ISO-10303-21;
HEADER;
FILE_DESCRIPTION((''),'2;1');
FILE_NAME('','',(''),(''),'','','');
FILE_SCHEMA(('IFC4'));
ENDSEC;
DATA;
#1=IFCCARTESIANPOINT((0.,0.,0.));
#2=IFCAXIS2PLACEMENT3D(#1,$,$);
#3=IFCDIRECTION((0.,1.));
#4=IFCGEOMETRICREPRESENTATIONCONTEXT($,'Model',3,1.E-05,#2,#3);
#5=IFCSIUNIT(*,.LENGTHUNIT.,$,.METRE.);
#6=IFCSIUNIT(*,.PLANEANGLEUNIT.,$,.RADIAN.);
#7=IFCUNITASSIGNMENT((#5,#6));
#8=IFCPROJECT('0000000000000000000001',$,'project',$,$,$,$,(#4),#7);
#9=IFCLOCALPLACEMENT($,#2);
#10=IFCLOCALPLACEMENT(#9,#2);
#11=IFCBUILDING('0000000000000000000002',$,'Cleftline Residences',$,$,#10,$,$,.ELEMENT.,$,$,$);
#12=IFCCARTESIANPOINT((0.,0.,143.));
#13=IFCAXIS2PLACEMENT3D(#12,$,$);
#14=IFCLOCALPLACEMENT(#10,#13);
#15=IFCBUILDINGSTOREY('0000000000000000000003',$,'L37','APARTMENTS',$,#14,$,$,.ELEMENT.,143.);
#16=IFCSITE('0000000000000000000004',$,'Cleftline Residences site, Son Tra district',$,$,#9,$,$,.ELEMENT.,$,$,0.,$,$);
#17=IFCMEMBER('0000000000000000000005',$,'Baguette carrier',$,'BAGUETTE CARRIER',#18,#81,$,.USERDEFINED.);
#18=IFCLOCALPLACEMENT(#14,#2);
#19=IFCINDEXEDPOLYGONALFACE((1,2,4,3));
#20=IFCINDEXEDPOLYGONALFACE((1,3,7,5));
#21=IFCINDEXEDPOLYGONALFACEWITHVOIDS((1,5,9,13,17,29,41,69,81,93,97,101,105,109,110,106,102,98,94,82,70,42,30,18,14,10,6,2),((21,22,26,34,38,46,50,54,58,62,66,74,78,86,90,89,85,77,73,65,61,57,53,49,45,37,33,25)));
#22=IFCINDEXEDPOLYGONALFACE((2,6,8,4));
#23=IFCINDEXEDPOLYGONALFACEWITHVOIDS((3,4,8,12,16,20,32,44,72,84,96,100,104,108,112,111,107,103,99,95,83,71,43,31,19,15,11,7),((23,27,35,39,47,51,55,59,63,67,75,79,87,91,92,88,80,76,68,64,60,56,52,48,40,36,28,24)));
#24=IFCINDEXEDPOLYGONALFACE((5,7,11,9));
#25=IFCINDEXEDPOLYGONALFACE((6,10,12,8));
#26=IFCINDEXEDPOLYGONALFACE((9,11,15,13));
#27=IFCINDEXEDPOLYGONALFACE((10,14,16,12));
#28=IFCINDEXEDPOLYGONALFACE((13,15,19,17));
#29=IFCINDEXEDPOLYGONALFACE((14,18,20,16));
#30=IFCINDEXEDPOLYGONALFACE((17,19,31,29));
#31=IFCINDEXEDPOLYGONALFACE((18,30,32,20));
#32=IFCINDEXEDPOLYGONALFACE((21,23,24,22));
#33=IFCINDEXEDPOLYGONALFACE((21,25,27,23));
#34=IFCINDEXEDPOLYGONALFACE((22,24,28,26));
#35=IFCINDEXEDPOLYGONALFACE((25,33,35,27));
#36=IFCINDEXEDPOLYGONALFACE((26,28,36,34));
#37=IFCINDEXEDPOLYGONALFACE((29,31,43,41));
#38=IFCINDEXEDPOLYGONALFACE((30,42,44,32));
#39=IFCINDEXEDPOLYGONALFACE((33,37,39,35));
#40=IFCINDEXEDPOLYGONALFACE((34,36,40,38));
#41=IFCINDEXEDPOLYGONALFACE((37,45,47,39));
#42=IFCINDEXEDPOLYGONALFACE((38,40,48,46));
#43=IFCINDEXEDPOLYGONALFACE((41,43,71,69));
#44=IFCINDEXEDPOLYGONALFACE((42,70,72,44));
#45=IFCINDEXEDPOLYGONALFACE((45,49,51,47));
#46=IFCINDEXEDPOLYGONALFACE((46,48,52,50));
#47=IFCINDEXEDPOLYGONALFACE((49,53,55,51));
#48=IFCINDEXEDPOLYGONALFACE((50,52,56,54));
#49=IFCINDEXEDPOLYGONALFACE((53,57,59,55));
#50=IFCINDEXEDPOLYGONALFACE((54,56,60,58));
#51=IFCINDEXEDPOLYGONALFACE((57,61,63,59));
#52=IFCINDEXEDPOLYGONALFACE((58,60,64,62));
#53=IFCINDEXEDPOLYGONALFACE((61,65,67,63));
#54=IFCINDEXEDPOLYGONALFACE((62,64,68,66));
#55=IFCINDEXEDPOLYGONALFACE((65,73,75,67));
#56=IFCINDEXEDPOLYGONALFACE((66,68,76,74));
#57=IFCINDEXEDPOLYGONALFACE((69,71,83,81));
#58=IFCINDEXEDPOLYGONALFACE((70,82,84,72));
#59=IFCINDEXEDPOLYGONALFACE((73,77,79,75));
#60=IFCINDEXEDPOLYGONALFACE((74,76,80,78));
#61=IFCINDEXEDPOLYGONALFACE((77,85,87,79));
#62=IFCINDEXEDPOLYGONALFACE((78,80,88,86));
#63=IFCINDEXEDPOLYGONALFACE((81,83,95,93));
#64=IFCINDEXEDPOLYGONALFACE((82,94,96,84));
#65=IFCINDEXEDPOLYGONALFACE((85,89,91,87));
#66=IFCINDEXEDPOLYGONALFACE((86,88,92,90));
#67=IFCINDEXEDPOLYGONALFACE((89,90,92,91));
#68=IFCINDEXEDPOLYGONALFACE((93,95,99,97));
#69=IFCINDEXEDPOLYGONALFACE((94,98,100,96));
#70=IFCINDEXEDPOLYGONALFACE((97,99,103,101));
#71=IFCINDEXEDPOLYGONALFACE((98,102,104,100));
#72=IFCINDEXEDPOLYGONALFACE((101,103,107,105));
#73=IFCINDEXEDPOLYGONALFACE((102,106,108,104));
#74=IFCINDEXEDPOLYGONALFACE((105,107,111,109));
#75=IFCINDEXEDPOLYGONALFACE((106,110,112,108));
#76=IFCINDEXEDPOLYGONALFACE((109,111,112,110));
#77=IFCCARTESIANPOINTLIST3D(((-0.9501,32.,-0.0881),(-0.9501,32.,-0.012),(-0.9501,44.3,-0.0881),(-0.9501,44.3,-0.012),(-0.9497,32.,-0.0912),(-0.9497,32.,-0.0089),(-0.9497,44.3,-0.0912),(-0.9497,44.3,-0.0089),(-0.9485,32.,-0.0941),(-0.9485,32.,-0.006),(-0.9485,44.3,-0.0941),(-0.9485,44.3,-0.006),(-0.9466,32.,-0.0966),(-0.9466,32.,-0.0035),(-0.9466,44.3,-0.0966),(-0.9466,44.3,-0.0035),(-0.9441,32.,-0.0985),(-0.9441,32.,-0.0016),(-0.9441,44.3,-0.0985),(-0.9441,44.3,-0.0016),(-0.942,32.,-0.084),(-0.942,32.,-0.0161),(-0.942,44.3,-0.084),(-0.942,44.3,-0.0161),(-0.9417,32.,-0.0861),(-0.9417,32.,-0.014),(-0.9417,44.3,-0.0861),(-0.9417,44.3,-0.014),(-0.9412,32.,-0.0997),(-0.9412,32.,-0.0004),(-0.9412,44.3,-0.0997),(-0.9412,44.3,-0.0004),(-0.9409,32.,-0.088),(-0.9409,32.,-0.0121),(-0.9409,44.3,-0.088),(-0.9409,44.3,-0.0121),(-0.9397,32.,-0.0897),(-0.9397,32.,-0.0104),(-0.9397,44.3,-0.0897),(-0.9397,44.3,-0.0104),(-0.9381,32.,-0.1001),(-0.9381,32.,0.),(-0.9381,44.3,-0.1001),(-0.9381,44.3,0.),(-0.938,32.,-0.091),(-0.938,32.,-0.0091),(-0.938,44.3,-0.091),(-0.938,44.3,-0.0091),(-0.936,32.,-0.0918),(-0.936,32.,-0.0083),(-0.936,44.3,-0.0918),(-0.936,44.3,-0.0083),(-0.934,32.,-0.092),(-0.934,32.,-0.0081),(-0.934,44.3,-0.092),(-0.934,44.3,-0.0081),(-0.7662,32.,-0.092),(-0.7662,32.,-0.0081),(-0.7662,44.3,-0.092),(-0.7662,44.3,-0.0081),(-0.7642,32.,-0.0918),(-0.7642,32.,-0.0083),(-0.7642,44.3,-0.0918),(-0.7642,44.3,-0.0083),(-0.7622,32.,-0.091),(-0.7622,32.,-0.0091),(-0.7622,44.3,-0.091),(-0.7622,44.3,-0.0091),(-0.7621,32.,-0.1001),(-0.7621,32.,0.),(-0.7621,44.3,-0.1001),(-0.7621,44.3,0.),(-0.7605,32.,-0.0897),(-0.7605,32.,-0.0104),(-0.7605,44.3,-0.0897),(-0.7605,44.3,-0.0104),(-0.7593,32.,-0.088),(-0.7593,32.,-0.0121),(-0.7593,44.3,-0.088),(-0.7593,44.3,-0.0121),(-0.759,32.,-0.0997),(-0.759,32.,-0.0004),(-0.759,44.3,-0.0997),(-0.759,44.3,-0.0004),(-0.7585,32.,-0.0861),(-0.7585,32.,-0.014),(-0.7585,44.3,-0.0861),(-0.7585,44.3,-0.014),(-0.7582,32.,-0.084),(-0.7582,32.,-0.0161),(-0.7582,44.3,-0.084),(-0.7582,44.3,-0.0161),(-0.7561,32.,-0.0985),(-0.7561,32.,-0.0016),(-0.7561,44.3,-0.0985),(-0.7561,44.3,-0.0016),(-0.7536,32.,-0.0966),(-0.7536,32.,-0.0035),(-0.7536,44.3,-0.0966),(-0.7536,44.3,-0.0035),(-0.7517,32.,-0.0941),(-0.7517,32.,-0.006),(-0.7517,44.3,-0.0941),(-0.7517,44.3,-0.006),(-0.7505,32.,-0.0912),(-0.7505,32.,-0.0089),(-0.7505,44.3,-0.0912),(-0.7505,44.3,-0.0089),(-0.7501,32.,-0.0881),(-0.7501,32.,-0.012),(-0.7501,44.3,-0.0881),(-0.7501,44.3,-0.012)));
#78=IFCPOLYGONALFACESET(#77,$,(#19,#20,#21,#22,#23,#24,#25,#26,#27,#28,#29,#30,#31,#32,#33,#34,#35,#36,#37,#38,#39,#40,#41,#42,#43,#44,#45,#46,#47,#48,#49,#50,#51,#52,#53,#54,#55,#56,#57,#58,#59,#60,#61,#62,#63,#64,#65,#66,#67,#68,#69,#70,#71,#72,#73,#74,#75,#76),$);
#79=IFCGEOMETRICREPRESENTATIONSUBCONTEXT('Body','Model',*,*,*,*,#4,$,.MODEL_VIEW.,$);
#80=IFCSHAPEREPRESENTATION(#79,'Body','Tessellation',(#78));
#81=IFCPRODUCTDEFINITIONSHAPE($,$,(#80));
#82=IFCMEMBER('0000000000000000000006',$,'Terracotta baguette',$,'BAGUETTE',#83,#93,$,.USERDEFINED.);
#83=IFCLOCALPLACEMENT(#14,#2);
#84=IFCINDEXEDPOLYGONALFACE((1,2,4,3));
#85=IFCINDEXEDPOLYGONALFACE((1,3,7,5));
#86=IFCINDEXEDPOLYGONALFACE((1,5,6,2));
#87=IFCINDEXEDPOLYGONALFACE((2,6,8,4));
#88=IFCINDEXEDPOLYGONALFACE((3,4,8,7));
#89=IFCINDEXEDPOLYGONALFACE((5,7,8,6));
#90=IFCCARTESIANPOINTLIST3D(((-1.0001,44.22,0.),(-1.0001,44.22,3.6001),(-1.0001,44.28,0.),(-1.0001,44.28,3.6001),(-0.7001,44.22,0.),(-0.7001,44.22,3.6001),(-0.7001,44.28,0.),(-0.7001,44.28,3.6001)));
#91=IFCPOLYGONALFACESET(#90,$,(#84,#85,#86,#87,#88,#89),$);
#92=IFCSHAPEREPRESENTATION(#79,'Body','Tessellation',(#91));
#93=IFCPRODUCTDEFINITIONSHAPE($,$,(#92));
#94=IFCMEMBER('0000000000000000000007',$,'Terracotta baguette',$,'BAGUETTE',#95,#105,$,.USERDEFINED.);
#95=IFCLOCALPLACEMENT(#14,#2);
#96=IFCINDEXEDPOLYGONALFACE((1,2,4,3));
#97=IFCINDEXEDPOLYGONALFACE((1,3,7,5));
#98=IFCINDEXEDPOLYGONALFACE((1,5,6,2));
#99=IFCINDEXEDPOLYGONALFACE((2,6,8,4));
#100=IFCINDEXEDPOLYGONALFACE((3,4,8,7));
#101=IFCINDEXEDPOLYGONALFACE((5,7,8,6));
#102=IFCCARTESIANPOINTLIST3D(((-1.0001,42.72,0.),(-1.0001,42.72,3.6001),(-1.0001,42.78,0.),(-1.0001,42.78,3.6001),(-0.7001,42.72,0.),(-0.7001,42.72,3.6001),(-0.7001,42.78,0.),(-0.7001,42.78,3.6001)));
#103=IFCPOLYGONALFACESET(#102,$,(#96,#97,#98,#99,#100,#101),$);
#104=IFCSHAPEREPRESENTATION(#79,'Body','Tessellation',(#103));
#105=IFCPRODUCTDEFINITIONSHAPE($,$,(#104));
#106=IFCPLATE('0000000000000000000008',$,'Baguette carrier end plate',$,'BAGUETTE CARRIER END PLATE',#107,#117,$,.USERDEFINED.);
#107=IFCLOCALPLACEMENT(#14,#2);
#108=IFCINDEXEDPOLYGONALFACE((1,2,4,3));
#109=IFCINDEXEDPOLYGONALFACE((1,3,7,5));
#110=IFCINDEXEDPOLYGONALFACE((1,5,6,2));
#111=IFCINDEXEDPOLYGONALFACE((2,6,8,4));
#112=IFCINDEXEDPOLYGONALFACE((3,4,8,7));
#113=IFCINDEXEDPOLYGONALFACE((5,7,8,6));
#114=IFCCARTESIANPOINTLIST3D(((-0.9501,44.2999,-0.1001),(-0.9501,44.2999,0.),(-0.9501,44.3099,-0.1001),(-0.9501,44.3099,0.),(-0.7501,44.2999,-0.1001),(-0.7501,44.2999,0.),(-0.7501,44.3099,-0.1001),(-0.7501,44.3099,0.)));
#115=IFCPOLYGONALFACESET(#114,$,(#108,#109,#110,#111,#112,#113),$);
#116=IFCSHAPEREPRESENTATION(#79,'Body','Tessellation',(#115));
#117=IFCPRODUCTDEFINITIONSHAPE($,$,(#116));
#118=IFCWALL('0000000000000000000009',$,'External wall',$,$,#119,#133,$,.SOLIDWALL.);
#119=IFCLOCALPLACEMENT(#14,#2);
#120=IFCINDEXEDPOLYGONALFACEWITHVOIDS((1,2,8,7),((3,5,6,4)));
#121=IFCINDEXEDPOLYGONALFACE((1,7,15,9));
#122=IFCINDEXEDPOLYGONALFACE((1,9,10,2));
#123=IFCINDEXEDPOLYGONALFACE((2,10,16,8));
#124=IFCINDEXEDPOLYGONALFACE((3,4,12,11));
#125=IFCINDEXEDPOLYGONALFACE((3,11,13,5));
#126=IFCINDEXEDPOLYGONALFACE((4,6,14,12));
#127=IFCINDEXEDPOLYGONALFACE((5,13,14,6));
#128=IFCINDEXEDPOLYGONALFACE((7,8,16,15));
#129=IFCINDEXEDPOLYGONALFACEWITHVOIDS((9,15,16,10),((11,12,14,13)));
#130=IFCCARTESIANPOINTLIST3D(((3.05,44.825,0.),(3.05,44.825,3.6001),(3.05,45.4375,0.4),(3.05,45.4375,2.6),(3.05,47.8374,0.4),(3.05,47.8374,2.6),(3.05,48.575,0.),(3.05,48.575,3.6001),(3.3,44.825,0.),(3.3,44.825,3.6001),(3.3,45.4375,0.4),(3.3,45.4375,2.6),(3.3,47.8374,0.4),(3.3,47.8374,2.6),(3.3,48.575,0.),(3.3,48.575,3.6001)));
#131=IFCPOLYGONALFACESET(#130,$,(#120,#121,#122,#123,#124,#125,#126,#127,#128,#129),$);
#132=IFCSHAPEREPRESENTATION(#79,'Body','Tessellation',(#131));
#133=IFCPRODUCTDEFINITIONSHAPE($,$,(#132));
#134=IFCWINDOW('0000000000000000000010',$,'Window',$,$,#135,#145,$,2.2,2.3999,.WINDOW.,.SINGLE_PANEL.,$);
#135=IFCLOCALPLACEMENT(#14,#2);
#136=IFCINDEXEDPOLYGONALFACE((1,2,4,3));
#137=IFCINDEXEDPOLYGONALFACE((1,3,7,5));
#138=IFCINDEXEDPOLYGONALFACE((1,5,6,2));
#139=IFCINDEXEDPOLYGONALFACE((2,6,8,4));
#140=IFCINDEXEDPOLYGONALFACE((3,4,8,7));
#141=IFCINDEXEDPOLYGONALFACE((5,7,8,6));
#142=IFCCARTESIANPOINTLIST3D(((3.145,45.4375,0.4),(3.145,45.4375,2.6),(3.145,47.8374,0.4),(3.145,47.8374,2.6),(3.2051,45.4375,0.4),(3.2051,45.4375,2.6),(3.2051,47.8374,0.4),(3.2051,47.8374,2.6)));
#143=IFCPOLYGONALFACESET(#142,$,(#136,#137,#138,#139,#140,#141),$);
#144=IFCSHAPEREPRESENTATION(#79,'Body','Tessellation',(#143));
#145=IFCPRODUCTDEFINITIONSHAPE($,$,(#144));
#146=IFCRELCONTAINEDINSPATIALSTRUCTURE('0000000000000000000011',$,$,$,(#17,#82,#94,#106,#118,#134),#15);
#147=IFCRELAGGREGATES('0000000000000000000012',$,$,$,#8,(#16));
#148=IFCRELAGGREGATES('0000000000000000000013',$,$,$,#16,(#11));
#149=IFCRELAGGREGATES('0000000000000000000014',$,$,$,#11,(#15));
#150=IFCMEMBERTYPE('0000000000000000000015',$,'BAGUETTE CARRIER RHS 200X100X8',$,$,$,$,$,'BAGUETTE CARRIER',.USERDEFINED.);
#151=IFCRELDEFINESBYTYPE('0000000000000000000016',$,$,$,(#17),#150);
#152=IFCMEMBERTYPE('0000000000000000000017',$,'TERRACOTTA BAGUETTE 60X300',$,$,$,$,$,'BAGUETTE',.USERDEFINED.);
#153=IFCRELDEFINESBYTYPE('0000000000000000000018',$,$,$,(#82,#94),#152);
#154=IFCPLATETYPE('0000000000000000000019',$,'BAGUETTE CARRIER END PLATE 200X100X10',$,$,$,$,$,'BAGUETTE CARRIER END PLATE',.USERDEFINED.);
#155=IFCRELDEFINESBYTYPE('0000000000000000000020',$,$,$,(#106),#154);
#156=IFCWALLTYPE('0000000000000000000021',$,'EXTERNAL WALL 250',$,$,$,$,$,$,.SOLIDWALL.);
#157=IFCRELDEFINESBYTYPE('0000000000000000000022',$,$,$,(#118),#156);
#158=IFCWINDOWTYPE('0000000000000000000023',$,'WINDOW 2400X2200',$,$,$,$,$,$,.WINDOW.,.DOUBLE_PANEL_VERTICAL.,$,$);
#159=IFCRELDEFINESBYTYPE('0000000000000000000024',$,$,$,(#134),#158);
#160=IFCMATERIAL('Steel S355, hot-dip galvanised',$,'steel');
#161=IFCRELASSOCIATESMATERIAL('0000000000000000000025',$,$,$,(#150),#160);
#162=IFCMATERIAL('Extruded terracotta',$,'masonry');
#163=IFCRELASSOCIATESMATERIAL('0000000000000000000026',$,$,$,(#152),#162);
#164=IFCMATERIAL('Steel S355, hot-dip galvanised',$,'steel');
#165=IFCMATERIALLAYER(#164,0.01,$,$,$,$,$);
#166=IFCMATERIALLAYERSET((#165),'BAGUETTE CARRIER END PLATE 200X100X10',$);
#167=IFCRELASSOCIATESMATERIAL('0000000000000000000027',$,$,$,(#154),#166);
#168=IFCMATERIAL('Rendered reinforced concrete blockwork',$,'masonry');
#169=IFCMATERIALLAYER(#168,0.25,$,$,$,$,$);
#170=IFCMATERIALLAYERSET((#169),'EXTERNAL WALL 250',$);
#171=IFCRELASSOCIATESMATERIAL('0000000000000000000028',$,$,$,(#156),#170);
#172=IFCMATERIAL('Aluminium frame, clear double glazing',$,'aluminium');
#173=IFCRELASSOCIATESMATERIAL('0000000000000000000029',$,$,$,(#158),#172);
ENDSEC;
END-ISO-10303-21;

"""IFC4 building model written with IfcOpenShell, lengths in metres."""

from ifc_helpers import new_model, si_unit, direction, frame, frame_2d, origin, origin_2d, place, context, subcontext, project, spatial, rectangle, hollow_rectangle, extrude, material, layer, layer_set, material_profile, profile_set, type_object, element, fill, save


model = new_model("IFC4")

# Units and contexts
model_context = context("Model", 3, precision=1e-05, world=origin(), true_north=direction((0.0, 1.0)))
body_context = subcontext(model_context, "Body", "Model", "MODEL_VIEW")
ifc_project = project(units=[si_unit("LENGTHUNIT", "METRE"), si_unit("PLANEANGLEUNIT", "RADIAN")], contexts=[model_context])

# Site, building, storey
site_placement = place(None, origin())
site = spatial("IfcSite", under=ifc_project, at=site_placement, Name="Cleftline Residences site, Son Tra district", CompositionType="ELEMENT", RefElevation=0.0)
building_placement = place(site_placement, origin())
building = spatial("IfcBuilding", under=site, at=building_placement, Name="Cleftline Residences", CompositionType="ELEMENT")
storey_placement = place(building_placement, frame((0.0, 0.0, 143.0)))
storey = spatial("IfcBuildingStorey", under=building, at=storey_placement, Name="L37", Description="APARTMENTS", CompositionType="ELEMENT", Elevation=143.0)

# Members
ifc_material_1 = material(Name="Steel S355, hot-dip galvanised", Category="steel")
ifc_material_profile_1 = material_profile(ifc_material_1, hollow_rectangle(XDim=0.1001, YDim=0.2, WallThickness=0.0081, InnerFilletRadius=0.0081, OuterFilletRadius=0.012, at=origin_2d()))
ifc_profile_set_1 = profile_set([ifc_material_profile_1], Name="Steel S355, hot-dip galvanised")
member_type_1 = type_object("IfcMemberType", Name="BAGUETTE CARRIER RHS 200X100X8", ElementType="BAGUETTE CARRIER", PredefinedType="USERDEFINED", material=ifc_profile_set_1)
member_placement = place(storey_placement, frame((-0.8501, 44.3, -0.05), z_axis=(0.0, -1.0, 0.0), x_axis=(0.0, 0.0, 1.0)))
element("IfcMember", 1, at=member_placement, inside=storey, type_object=member_type_1, Name="Baguette carrier", ObjectType="BAGUETTE CARRIER", PredefinedType="USERDEFINED", context=body_context, shape_type="SweptSolid", body=[
    extrude(hollow_rectangle(XDim=0.1001, YDim=0.2, WallThickness=0.0081, InnerFilletRadius=0.0081, OuterFilletRadius=0.012, at=origin_2d()), origin(), (0.0, 0.0, 1.0), 12.3),
])
ifc_material_2 = material(Name="Extruded terracotta", Category="masonry")
ifc_material_profile_2 = material_profile(ifc_material_2, rectangle(XDim=0.0601, YDim=0.3, at=origin_2d()))
ifc_profile_set_2 = profile_set([ifc_material_profile_2], Name="Extruded terracotta")
member_type_2 = type_object("IfcMemberType", Name="TERRACOTTA BAGUETTE 60X300", ElementType="BAGUETTE", PredefinedType="USERDEFINED", material=ifc_profile_set_2)
for number, where, z_axis, x_axis, name in (
    (2, (-0.8501, 44.25, 0.0), (0.0, 0.0, 1.0), (0.0, 1.0, 0.0), "Terracotta baguette"),
    (3, (-0.8501, 42.75, 0.0), (0.0, 0.0, 1.0), (0.0, 1.0, 0.0), "Terracotta baguette"),
):
    element("IfcMember", number, at=place(storey_placement, frame(where, z_axis=z_axis, x_axis=x_axis)), inside=storey, type_object=member_type_2, Name=name, ObjectType="BAGUETTE", PredefinedType="USERDEFINED", context=body_context, shape_type="SweptSolid", body=[
        extrude(rectangle(XDim=0.0601, YDim=0.3, at=origin_2d()), origin(), (0.0, 0.0, 1.0), 3.6001),
    ])

# Plate
ifc_material_3 = material(Name="Steel S355, hot-dip galvanised", Category="steel")
ifc_layer_1 = layer(ifc_material_3, 0.01)
ifc_layer_set_1 = layer_set([ifc_layer_1], Name="BAGUETTE CARRIER END PLATE 200X100X10")
plate_type = type_object("IfcPlateType", Name="BAGUETTE CARRIER END PLATE 200X100X10", ElementType="BAGUETTE CARRIER END PLATE", PredefinedType="USERDEFINED", material=ifc_layer_set_1)
plate_placement = place(storey_placement, frame((-0.8501, 44.3049, -0.1001), z_axis=(0.0, 0.0, 1.0), x_axis=(-1.0, 0.0, 0.0)))
element("IfcPlate", 4, at=plate_placement, inside=storey, type_object=plate_type, Name="Baguette carrier end plate", ObjectType="BAGUETTE CARRIER END PLATE", PredefinedType="USERDEFINED", context=body_context, shape_type="SweptSolid", body=[
    extrude(rectangle(XDim=0.2, YDim=0.01, at=origin_2d()), origin(), (0.0, 0.0, 1.0), 0.1001),
])

# Wall, opening, window
ifc_material_4 = material(Name="Rendered reinforced concrete blockwork", Category="masonry")
ifc_layer_2 = layer(ifc_material_4, 0.25)
ifc_layer_set_2 = layer_set([ifc_layer_2], Name="EXTERNAL WALL 250")
wall_type = type_object("IfcWallType", Name="EXTERNAL WALL 250", PredefinedType="SOLIDWALL", material=ifc_layer_set_2)
wall_1_placement = place(storey_placement, frame((3.175, 48.575, 0.0), z_axis=(0.0, 0.0, 1.0), x_axis=(0.0, -1.0, 0.0)))
wall_1 = element("IfcWall", 5, at=wall_1_placement, inside=storey, type_object=wall_type, Name="External wall", PredefinedType="SOLIDWALL", context=body_context, shape_type="SweptSolid", body=[
    extrude(rectangle(XDim=3.75, YDim=0.25, at=frame_2d((1.875, 0.0))), origin(), (0.0, 0.0, 1.0), 3.6001),
])
opening_1_placement = place(wall_1_placement, frame((0.7375, 0.0, 0.3999)))
opening_1 = element("IfcOpeningElement", 6, at=opening_1_placement, cuts=wall_1, PredefinedType="OPENING", context=body_context, shape_type="SweptSolid", body=[
    extrude(rectangle(XDim=2.3999, YDim=2.2, at=frame_2d((1.2, 1.1001))), frame((0.0, 0.135, 0.0), z_axis=(0.0, -1.0, 0.0), x_axis=(1.0, 0.0, 0.0)), (0.0, 0.0, 1.0), 0.27),
])
ifc_material_5 = material(Name="Aluminium frame, clear double glazing", Category="aluminium")
window_type_1 = type_object("IfcWindowType", Name="WINDOW 2400X2200", PartitioningType="DOUBLE_PANEL_VERTICAL", PredefinedType="WINDOW", material=ifc_material_5)
window_1_placement = place(opening_1_placement, origin())
window_1 = element("IfcWindow", 7, at=window_1_placement, inside=storey, type_object=window_type_1, Name="Window", OverallHeight=2.2, OverallWidth=2.3999, PartitioningType="SINGLE_PANEL", PredefinedType="WINDOW", context=body_context, shape_type="SweptSolid", body=[
    extrude(rectangle(XDim=2.3999, YDim=2.2, at=frame_2d((1.2, 1.1001))), frame((0.0, 0.03, 0.0), z_axis=(0.0, -1.0, 0.0), x_axis=(1.0, 0.0, 0.0)), (0.0, 0.0, 1.0), 0.0601),
])
fill(opening_1, window_1)

save(model, "model.ifc")
